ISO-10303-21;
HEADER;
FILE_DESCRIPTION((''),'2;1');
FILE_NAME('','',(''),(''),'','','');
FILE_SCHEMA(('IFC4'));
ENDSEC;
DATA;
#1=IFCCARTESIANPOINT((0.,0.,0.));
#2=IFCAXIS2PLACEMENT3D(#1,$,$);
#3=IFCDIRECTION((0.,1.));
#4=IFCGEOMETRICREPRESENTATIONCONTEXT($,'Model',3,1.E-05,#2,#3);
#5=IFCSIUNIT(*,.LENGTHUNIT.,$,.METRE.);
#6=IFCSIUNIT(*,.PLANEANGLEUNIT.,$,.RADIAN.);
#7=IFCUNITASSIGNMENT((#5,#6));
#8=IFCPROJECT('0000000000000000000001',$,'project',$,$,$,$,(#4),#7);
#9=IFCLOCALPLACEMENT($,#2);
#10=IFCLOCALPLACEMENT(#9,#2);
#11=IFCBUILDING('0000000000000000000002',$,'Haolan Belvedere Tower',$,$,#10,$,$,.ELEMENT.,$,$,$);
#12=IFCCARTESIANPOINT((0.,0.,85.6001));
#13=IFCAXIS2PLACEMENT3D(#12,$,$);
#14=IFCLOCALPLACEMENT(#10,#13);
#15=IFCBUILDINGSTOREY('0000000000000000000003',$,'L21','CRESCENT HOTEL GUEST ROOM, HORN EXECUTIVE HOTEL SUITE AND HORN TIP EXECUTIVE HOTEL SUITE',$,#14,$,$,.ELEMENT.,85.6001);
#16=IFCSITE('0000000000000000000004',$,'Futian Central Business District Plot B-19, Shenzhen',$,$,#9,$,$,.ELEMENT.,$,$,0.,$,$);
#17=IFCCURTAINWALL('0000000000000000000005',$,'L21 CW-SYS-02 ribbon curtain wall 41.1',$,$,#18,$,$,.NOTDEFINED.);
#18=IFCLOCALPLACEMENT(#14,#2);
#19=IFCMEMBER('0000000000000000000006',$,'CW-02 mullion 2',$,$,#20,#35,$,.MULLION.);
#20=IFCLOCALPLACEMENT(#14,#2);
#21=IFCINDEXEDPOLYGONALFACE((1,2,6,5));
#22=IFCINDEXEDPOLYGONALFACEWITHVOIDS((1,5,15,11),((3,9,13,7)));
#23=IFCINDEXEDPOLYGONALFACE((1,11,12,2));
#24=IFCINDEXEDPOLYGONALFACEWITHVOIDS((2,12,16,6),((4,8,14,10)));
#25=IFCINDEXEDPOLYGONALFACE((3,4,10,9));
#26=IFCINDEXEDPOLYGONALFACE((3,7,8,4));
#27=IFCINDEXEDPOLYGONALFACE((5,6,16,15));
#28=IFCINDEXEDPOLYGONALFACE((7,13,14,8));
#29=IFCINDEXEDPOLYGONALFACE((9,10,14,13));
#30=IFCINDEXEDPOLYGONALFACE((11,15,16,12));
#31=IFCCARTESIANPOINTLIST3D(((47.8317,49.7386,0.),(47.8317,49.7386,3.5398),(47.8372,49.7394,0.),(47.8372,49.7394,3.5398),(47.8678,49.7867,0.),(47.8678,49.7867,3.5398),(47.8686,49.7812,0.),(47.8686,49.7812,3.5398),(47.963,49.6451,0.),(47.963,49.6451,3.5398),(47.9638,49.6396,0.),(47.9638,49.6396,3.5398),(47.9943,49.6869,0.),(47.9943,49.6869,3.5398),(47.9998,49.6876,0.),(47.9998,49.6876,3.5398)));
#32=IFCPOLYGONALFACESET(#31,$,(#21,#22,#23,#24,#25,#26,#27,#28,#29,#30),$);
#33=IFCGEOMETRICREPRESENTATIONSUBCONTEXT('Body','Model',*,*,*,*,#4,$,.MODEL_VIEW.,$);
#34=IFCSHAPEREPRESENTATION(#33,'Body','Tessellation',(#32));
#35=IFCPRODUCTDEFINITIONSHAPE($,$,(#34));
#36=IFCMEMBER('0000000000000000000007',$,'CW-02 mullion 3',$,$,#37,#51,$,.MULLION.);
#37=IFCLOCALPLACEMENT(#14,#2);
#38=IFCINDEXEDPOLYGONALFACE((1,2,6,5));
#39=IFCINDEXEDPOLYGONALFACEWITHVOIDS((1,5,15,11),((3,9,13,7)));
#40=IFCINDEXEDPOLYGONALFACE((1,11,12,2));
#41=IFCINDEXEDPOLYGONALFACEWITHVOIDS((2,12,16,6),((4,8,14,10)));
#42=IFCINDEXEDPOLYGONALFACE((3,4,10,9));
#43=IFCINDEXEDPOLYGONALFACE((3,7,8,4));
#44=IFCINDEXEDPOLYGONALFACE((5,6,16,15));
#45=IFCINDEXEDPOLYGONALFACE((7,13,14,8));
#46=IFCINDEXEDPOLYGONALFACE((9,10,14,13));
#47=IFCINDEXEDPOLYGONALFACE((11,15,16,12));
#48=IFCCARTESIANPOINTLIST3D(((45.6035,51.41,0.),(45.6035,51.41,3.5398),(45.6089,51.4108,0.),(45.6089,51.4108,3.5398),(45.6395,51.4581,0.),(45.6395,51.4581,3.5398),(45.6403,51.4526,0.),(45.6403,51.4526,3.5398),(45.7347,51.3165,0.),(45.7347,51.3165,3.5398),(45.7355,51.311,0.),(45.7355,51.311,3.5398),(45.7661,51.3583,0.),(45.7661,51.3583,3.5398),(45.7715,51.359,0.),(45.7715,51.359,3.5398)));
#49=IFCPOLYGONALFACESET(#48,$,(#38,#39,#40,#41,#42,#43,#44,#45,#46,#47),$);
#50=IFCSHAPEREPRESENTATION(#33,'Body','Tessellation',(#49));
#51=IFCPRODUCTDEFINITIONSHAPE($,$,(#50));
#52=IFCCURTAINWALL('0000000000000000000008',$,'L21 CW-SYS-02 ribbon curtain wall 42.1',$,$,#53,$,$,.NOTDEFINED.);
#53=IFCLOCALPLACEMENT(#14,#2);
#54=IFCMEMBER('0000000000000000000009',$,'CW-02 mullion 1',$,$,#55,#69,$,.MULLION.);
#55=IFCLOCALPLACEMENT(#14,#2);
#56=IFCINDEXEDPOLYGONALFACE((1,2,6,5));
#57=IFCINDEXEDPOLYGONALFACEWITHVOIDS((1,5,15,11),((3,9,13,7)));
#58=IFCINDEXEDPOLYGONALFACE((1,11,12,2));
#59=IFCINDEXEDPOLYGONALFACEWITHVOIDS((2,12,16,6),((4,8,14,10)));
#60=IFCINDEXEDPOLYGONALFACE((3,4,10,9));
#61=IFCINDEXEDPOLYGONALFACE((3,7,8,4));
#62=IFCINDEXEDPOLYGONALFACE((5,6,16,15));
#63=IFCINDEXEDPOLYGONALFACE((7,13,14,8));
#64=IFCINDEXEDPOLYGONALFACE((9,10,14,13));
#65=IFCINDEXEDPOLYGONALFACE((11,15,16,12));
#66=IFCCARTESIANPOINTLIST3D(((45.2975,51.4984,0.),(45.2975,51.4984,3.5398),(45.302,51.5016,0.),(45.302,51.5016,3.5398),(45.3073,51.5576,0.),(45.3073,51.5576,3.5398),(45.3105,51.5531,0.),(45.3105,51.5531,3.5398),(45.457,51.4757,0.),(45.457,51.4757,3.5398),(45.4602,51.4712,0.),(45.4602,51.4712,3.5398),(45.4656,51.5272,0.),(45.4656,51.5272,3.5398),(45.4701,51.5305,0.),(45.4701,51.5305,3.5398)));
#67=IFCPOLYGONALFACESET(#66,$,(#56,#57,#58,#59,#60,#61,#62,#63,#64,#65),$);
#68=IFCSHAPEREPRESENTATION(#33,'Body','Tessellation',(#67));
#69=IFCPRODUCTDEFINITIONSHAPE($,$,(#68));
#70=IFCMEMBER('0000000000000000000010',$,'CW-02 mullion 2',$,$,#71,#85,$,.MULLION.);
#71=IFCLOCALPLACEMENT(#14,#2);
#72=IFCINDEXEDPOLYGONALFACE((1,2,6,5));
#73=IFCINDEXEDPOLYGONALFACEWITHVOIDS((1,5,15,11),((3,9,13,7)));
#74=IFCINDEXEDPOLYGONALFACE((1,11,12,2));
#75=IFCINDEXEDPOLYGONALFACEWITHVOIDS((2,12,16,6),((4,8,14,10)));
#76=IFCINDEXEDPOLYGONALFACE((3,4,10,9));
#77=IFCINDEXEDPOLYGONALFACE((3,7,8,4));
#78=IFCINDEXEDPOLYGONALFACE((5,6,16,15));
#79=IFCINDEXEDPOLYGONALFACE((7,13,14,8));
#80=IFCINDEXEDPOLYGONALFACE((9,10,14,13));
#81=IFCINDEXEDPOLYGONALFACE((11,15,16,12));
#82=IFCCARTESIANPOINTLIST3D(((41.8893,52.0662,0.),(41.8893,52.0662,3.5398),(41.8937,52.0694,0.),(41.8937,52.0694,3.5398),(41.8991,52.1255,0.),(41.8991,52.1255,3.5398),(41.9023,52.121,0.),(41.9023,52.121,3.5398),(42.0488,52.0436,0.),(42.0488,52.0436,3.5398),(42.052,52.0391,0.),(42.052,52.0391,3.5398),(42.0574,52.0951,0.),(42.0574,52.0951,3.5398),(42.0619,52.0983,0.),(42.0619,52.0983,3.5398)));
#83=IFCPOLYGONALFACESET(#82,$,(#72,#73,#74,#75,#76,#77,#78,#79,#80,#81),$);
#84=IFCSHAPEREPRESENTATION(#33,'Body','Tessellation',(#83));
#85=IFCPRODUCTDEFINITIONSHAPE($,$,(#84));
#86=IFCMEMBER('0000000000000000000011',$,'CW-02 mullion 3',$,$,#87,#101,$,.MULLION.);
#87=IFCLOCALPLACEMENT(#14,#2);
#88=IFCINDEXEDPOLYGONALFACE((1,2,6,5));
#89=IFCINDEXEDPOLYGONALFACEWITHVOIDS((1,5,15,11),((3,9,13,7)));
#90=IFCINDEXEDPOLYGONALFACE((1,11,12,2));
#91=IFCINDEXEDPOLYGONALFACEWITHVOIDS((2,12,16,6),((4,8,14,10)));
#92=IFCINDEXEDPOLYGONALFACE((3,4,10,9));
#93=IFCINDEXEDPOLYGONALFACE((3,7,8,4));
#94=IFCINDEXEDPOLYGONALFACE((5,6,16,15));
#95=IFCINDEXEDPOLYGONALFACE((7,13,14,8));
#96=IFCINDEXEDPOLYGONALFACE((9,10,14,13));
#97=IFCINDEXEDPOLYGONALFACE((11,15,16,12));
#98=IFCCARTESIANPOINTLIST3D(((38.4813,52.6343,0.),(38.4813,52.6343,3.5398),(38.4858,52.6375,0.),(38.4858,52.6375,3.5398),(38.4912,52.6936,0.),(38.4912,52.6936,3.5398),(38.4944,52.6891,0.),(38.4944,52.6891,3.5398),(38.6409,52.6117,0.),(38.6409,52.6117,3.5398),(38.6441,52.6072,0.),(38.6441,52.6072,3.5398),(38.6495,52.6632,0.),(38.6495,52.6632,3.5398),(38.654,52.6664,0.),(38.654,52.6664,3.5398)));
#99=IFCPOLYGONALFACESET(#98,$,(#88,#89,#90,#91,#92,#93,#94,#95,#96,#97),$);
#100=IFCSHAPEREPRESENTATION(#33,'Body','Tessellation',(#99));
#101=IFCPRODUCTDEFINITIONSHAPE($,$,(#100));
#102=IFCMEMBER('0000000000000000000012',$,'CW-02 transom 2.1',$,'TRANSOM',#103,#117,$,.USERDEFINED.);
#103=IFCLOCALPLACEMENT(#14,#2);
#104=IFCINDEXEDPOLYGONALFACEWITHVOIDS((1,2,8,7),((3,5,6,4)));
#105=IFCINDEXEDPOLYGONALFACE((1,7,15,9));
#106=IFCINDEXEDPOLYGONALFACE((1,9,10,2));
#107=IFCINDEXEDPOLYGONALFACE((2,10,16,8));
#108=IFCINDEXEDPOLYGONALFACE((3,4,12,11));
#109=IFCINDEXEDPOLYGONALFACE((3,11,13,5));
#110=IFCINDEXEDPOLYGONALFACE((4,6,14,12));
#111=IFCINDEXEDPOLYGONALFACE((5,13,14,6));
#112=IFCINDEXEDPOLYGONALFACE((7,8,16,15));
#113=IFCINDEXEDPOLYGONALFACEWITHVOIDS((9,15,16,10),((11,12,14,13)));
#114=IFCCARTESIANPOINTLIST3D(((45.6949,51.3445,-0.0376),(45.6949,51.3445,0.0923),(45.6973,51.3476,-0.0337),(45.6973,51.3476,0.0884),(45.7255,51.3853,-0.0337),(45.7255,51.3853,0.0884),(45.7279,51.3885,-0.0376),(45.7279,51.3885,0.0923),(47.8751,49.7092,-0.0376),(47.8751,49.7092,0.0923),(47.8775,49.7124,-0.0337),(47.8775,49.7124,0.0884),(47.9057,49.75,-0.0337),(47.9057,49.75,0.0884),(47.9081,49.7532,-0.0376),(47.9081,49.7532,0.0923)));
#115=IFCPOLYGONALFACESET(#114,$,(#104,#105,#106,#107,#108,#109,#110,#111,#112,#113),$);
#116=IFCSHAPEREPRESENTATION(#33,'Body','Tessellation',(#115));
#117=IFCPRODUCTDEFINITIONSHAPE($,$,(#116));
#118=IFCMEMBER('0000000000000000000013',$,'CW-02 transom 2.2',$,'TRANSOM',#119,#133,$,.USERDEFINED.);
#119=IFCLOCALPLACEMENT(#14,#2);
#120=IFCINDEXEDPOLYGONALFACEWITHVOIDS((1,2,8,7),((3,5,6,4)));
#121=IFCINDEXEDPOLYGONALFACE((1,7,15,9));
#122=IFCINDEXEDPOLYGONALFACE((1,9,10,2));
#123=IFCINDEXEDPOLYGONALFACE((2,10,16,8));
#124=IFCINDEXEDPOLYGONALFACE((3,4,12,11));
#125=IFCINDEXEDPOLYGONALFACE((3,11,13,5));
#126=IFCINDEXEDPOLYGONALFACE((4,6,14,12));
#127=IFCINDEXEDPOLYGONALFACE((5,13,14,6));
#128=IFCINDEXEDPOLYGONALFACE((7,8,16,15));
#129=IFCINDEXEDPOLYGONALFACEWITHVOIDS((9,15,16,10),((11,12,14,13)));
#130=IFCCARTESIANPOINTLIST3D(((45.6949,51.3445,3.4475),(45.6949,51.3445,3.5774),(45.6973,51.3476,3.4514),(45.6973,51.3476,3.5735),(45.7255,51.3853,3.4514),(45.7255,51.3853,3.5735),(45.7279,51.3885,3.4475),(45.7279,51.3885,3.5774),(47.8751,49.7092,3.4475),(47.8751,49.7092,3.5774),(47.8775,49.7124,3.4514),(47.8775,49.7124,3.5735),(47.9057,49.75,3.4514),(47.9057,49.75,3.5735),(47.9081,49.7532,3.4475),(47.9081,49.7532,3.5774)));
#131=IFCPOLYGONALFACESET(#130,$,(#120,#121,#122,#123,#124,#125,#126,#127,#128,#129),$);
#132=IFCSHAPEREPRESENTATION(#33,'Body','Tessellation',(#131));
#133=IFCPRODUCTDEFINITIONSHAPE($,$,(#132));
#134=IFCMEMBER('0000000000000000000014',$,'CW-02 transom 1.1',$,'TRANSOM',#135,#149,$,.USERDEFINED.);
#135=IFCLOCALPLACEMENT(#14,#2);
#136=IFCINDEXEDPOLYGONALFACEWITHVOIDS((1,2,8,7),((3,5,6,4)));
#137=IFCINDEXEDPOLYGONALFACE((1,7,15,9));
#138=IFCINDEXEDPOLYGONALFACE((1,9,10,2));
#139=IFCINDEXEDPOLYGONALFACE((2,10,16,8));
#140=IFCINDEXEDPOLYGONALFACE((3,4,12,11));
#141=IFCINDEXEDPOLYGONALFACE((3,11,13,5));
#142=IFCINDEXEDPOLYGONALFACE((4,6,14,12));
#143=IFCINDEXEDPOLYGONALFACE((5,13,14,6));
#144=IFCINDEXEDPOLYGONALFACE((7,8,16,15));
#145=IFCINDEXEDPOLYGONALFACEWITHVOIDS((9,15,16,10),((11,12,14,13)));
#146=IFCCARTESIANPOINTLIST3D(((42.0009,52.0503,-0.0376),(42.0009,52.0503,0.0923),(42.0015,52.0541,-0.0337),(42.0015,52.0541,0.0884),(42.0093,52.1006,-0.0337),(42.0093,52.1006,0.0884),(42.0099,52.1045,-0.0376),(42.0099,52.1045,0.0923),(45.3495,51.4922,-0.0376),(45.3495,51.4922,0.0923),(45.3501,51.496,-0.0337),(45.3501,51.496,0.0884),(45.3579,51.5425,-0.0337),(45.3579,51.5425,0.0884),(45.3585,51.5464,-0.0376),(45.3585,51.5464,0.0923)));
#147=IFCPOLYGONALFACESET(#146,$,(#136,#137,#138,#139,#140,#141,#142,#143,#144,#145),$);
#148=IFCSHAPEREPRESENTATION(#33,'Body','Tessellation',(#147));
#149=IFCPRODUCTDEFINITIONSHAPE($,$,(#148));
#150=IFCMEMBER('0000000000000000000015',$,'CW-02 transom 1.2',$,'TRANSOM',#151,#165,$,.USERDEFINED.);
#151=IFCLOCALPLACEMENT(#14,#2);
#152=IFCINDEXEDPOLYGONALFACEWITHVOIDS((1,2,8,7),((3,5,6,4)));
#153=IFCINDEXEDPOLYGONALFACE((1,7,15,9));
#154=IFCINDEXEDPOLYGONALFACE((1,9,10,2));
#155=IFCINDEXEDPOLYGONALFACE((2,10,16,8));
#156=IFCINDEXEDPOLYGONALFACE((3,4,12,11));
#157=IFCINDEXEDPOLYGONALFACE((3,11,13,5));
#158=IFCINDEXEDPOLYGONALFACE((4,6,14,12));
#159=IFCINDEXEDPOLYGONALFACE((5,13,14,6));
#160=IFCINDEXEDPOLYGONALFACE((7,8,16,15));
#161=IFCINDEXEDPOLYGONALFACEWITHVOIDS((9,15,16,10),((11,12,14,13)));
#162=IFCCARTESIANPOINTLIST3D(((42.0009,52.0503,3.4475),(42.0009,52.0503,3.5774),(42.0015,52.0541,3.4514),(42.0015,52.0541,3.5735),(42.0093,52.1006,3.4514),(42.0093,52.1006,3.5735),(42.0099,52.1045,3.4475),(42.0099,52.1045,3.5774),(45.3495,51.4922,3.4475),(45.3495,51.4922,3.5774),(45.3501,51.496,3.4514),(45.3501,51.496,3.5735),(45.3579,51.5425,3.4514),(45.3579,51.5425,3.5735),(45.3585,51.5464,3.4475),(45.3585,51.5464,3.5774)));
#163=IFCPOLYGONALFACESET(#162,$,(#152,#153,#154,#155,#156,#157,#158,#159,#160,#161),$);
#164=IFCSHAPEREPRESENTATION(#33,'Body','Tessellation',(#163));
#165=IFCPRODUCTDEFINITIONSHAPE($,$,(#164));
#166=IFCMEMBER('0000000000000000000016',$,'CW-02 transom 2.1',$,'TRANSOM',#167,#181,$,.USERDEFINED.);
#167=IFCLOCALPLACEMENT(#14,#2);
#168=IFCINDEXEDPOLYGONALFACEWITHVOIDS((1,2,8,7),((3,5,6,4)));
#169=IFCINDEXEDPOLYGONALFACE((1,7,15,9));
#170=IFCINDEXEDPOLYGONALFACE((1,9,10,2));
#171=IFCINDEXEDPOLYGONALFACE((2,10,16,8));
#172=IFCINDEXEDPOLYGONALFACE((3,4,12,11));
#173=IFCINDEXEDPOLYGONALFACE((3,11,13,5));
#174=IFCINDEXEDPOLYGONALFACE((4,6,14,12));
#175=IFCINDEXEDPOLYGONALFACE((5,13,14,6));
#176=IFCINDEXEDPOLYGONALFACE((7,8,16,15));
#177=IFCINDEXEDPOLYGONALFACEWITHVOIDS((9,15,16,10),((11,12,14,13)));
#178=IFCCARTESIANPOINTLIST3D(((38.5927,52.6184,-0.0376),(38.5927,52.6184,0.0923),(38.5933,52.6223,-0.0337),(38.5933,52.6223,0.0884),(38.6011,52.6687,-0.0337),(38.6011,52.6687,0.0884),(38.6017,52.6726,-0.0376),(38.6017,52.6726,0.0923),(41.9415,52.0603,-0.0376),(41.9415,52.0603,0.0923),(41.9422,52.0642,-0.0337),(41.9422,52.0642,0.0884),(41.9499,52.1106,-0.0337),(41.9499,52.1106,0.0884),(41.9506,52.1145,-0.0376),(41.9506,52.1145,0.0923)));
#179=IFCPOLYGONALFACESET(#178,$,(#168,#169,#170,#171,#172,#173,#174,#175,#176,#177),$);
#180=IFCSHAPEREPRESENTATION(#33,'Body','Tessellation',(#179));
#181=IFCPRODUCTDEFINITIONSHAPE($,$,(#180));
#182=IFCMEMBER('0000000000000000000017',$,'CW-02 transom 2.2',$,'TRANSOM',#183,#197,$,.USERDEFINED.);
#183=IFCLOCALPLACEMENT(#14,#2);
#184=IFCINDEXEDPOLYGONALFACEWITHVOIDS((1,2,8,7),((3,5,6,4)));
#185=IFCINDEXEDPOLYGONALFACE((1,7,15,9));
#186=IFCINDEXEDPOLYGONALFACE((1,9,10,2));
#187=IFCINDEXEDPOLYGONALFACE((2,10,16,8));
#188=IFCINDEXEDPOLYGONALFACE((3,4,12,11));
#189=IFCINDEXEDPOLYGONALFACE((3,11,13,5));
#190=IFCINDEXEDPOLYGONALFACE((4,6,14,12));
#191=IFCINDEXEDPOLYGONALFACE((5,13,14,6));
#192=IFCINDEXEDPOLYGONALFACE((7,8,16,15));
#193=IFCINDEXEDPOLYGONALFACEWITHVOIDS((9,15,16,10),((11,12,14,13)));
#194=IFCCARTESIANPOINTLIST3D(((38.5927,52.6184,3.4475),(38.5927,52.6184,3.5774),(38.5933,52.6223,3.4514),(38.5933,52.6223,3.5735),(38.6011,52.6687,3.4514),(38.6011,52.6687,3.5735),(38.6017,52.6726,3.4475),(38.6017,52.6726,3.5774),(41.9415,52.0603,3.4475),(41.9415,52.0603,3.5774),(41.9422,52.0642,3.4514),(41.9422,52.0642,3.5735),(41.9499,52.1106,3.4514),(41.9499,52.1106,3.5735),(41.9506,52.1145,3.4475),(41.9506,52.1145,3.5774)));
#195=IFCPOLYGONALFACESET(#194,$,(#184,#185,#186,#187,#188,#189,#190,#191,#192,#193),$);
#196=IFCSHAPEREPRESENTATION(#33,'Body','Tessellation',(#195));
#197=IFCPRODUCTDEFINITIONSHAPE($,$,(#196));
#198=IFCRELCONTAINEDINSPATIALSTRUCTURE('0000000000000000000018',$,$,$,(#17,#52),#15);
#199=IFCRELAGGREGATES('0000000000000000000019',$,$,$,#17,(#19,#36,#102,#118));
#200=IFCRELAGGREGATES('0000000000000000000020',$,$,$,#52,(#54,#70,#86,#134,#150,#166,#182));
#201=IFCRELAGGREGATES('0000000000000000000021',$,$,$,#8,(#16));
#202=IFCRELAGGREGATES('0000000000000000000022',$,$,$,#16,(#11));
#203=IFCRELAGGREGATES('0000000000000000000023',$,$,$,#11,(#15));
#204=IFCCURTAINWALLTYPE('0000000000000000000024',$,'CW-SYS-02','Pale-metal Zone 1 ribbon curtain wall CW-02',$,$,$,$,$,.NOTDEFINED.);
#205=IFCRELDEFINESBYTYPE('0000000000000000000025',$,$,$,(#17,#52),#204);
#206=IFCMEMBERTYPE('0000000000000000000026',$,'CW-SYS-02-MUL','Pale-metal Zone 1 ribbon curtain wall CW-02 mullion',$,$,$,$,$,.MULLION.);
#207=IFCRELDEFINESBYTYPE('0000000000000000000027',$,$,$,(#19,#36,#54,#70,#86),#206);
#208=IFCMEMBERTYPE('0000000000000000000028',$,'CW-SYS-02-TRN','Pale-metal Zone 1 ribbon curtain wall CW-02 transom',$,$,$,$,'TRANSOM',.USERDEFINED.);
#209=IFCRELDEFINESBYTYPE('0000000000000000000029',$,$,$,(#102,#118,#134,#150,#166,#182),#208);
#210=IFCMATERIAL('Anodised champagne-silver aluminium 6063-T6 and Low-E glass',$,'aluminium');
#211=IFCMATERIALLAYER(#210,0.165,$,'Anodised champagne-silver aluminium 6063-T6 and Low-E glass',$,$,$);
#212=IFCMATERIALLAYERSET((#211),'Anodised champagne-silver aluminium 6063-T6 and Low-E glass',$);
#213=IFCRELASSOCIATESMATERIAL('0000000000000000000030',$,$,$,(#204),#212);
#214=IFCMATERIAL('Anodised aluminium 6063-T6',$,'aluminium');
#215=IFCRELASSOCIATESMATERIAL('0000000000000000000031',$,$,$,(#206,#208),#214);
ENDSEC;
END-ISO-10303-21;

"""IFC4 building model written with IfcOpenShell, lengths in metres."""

from ifc_helpers import new_model, si_unit, direction, frame, origin, origin_2d, place, context, subcontext, project, spatial, hollow_rectangle, extrude, material, layer, layer_set, material_profile, profile_set, type_object, element, aggregate, save


model = new_model("IFC4")

# Units and contexts
model_context = context("Model", 3, precision=1e-05, world=origin(), true_north=direction((0.0, 1.0)))
body_context = subcontext(model_context, "Body", "Model", "MODEL_VIEW")
ifc_project = project(units=[si_unit("LENGTHUNIT", "METRE"), si_unit("PLANEANGLEUNIT", "RADIAN")], contexts=[model_context])

# Site, building, storey
site_placement = place(None, origin())
site = spatial("IfcSite", under=ifc_project, at=site_placement, Name="Futian Central Business District Plot B-19, Shenzhen", CompositionType="ELEMENT", RefElevation=0.0)
building_placement = place(site_placement, origin())
building = spatial("IfcBuilding", under=site, at=building_placement, Name="Haolan Belvedere Tower", CompositionType="ELEMENT")
storey_placement = place(building_placement, frame((0.0, 0.0, 85.6001)))
storey = spatial("IfcBuildingStorey", under=building, at=storey_placement, Name="L21", Description="CRESCENT HOTEL GUEST ROOM, HORN EXECUTIVE HOTEL SUITE AND HORN TIP EXECUTIVE HOTEL SUITE", CompositionType="ELEMENT", Elevation=85.6001)

# Curtain walls, members
ifc_material_1 = material(Name="Anodised champagne-silver aluminium 6063-T6 and Low-E glass", Category="aluminium")
ifc_layer_1 = layer(ifc_material_1, 0.165, Name="Anodised champagne-silver aluminium 6063-T6 and Low-E glass")
ifc_layer_set_1 = layer_set([ifc_layer_1], Name="Anodised champagne-silver aluminium 6063-T6 and Low-E glass")
curtain_wall_type = type_object("IfcCurtainWallType", Name="CW-SYS-02", Description="Pale-metal Zone 1 ribbon curtain wall CW-02", PredefinedType="NOTDEFINED", material=ifc_layer_set_1)
curtain_wall_1_placement = place(storey_placement, origin())
curtain_wall_1 = element("IfcCurtainWall", 1, at=curtain_wall_1_placement, inside=storey, type_object=curtain_wall_type, Name="L21 CW-SYS-02 ribbon curtain wall 41.1", PredefinedType="NOTDEFINED")
ifc_material_2 = material(Name="Anodised aluminium 6063-T6", Category="aluminium")
ifc_material_profile_1 = material_profile(ifc_material_2, hollow_rectangle(XDim=0.0601, YDim=0.165, WallThickness=0.0039, at=origin_2d()), Name="Anodised aluminium 6063-T6")
ifc_profile_set_1 = profile_set([ifc_material_profile_1], Name="Anodised aluminium 6063-T6")
member_type_1 = type_object("IfcMemberType", Name="CW-SYS-02-MUL", Description="Pale-metal Zone 1 ribbon curtain wall CW-02 mullion", PredefinedType="MULLION", material=ifc_profile_set_1)
member_1_placement = place(storey_placement, frame((47.9158, 49.7131, 0.0), z_axis=(0.0, 0.0, 1.0), x_axis=(-0.599994, -0.800004, 0.0)))
member_1 = element("IfcMember", 2, at=member_1_placement, type_object=member_type_1, Name="CW-02 mullion 2", PredefinedType="MULLION", context=body_context, shape_type="SweptSolid", body=[
    extrude(hollow_rectangle(XDim=0.0601, YDim=0.165, WallThickness=0.0039, at=origin_2d()), origin(), (0.0, 0.0, 1.0), 3.5398),
])
member_2_placement = place(storey_placement, frame((45.6875, 51.3845, 0.0), z_axis=(0.0, 0.0, 1.0), x_axis=(-0.599994, -0.800004, 0.0)))
member_2 = element("IfcMember", 3, at=member_2_placement, type_object=member_type_1, Name="CW-02 mullion 3", PredefinedType="MULLION", context=body_context, shape_type="SweptSolid", body=[
    extrude(hollow_rectangle(XDim=0.0601, YDim=0.165, WallThickness=0.0039, at=origin_2d()), origin(), (0.0, 0.0, 1.0), 3.5398),
])
curtain_wall_2_placement = place(storey_placement, origin())
curtain_wall_2 = element("IfcCurtainWall", 4, at=curtain_wall_2_placement, inside=storey, type_object=curtain_wall_type, Name="L21 CW-SYS-02 ribbon curtain wall 42.1", PredefinedType="NOTDEFINED")
member_3_placement = place(storey_placement, frame((45.3838, 51.5144, 0.0), z_axis=(0.0, 0.0, 1.0), x_axis=(-0.164404, -0.986393, 0.0)))
member_3 = element("IfcMember", 5, at=member_3_placement, type_object=member_type_1, Name="CW-02 mullion 1", PredefinedType="MULLION", context=body_context, shape_type="SweptSolid", body=[
    extrude(hollow_rectangle(XDim=0.0601, YDim=0.165, WallThickness=0.0039, at=origin_2d()), origin(), (0.0, 0.0, 1.0), 3.5398),
])
member_4_placement = place(storey_placement, frame((41.9756, 52.0823, 0.0), z_axis=(0.0, 0.0, 1.0), x_axis=(-0.164404, -0.986393, 0.0)))
member_4 = element("IfcMember", 6, at=member_4_placement, type_object=member_type_1, Name="CW-02 mullion 2", PredefinedType="MULLION", context=body_context, shape_type="SweptSolid", body=[
    extrude(hollow_rectangle(XDim=0.0601, YDim=0.165, WallThickness=0.0039, at=origin_2d()), origin(), (0.0, 0.0, 1.0), 3.5398),
])
member_5_placement = place(storey_placement, frame((38.5676, 52.6504, 0.0), z_axis=(0.0, 0.0, 1.0), x_axis=(-0.164404, -0.986393, 0.0)))
member_5 = element("IfcMember", 7, at=member_5_placement, type_object=member_type_1, Name="CW-02 mullion 3", PredefinedType="MULLION", context=body_context, shape_type="SweptSolid", body=[
    extrude(hollow_rectangle(XDim=0.0601, YDim=0.165, WallThickness=0.0039, at=origin_2d()), origin(), (0.0, 0.0, 1.0), 3.5398),
])

# Members
ifc_material_profile_2 = material_profile(ifc_material_2, hollow_rectangle(XDim=0.0549, YDim=0.1299, WallThickness=0.0039, at=origin_2d()), Name="Anodised aluminium 6063-T6")
ifc_profile_set_2 = profile_set([ifc_material_profile_2], Name="Anodised aluminium 6063-T6")
member_type_2 = type_object("IfcMemberType", Name="CW-SYS-02-TRN", Description="Pale-metal Zone 1 ribbon curtain wall CW-02 transom", ElementType="TRANSOM", PredefinedType="USERDEFINED", material=ifc_profile_set_2)
member_6_placement = place(storey_placement, frame((47.8916, 49.7312, 0.0273), z_axis=(-0.799978, 0.600029, 0.0), x_axis=(-0.600029, -0.799978, 0.0)))
member_6 = element("IfcMember", 8, at=member_6_placement, type_object=member_type_2, Name="CW-02 transom 2.1", ObjectType="TRANSOM", PredefinedType="USERDEFINED", context=body_context, shape_type="SweptSolid", body=[
    extrude(hollow_rectangle(XDim=0.0549, YDim=0.1299, WallThickness=0.0039, at=origin_2d()), origin(), (0.0, 0.0, 1.0), 2.7253),
])
member_7_placement = place(storey_placement, frame((47.8916, 49.7312, 3.5125), z_axis=(-0.799978, 0.600029, 0.0), x_axis=(-0.600029, -0.799978, 0.0)))
member_7 = element("IfcMember", 9, at=member_7_placement, type_object=member_type_2, Name="CW-02 transom 2.2", ObjectType="TRANSOM", PredefinedType="USERDEFINED", context=body_context, shape_type="SweptSolid", body=[
    extrude(hollow_rectangle(XDim=0.0549, YDim=0.1299, WallThickness=0.0039, at=origin_2d()), origin(), (0.0, 0.0, 1.0), 2.7253),
])
member_8_placement = place(storey_placement, frame((45.354, 51.5193, 0.0273), z_axis=(-0.986394, 0.164399, 0.0), x_axis=(-0.164399, -0.986394, 0.0)))
member_8 = element("IfcMember", 10, at=member_8_placement, type_object=member_type_2, Name="CW-02 transom 1.1", ObjectType="TRANSOM", PredefinedType="USERDEFINED", context=body_context, shape_type="SweptSolid", body=[
    extrude(hollow_rectangle(XDim=0.0549, YDim=0.1299, WallThickness=0.0039, at=origin_2d()), origin(), (0.0, 0.0, 1.0), 3.3948),
])
member_9_placement = place(storey_placement, frame((45.354, 51.5193, 3.5125), z_axis=(-0.986394, 0.164399, 0.0), x_axis=(-0.164399, -0.986394, 0.0)))
member_9 = element("IfcMember", 11, at=member_9_placement, type_object=member_type_2, Name="CW-02 transom 1.2", ObjectType="TRANSOM", PredefinedType="USERDEFINED", context=body_context, shape_type="SweptSolid", body=[
    extrude(hollow_rectangle(XDim=0.0549, YDim=0.1299, WallThickness=0.0039, at=origin_2d()), origin(), (0.0, 0.0, 1.0), 3.3948),
])
member_10_placement = place(storey_placement, frame((41.946, 52.0874, 0.0273), z_axis=(-0.986396, 0.164387, 0.0), x_axis=(-0.164387, -0.986396, 0.0)))
member_10 = element("IfcMember", 12, at=member_10_placement, type_object=member_type_2, Name="CW-02 transom 2.1", ObjectType="TRANSOM", PredefinedType="USERDEFINED", context=body_context, shape_type="SweptSolid", body=[
    extrude(hollow_rectangle(XDim=0.0549, YDim=0.1299, WallThickness=0.0039, at=origin_2d()), origin(), (0.0, 0.0, 1.0), 3.395),
])
member_11_placement = place(storey_placement, frame((41.946, 52.0874, 3.5125), z_axis=(-0.986396, 0.164387, 0.0), x_axis=(-0.164387, -0.986396, 0.0)))
member_11 = element("IfcMember", 13, at=member_11_placement, type_object=member_type_2, Name="CW-02 transom 2.2", ObjectType="TRANSOM", PredefinedType="USERDEFINED", context=body_context, shape_type="SweptSolid", body=[
    extrude(hollow_rectangle(XDim=0.0549, YDim=0.1299, WallThickness=0.0039, at=origin_2d()), origin(), (0.0, 0.0, 1.0), 3.395),
])

aggregate(curtain_wall_1, [member_1, member_2, member_6, member_7])
aggregate(curtain_wall_2, [member_3, member_4, member_5, member_8, member_9, member_10, member_11])

save(model, "model.ifc")
